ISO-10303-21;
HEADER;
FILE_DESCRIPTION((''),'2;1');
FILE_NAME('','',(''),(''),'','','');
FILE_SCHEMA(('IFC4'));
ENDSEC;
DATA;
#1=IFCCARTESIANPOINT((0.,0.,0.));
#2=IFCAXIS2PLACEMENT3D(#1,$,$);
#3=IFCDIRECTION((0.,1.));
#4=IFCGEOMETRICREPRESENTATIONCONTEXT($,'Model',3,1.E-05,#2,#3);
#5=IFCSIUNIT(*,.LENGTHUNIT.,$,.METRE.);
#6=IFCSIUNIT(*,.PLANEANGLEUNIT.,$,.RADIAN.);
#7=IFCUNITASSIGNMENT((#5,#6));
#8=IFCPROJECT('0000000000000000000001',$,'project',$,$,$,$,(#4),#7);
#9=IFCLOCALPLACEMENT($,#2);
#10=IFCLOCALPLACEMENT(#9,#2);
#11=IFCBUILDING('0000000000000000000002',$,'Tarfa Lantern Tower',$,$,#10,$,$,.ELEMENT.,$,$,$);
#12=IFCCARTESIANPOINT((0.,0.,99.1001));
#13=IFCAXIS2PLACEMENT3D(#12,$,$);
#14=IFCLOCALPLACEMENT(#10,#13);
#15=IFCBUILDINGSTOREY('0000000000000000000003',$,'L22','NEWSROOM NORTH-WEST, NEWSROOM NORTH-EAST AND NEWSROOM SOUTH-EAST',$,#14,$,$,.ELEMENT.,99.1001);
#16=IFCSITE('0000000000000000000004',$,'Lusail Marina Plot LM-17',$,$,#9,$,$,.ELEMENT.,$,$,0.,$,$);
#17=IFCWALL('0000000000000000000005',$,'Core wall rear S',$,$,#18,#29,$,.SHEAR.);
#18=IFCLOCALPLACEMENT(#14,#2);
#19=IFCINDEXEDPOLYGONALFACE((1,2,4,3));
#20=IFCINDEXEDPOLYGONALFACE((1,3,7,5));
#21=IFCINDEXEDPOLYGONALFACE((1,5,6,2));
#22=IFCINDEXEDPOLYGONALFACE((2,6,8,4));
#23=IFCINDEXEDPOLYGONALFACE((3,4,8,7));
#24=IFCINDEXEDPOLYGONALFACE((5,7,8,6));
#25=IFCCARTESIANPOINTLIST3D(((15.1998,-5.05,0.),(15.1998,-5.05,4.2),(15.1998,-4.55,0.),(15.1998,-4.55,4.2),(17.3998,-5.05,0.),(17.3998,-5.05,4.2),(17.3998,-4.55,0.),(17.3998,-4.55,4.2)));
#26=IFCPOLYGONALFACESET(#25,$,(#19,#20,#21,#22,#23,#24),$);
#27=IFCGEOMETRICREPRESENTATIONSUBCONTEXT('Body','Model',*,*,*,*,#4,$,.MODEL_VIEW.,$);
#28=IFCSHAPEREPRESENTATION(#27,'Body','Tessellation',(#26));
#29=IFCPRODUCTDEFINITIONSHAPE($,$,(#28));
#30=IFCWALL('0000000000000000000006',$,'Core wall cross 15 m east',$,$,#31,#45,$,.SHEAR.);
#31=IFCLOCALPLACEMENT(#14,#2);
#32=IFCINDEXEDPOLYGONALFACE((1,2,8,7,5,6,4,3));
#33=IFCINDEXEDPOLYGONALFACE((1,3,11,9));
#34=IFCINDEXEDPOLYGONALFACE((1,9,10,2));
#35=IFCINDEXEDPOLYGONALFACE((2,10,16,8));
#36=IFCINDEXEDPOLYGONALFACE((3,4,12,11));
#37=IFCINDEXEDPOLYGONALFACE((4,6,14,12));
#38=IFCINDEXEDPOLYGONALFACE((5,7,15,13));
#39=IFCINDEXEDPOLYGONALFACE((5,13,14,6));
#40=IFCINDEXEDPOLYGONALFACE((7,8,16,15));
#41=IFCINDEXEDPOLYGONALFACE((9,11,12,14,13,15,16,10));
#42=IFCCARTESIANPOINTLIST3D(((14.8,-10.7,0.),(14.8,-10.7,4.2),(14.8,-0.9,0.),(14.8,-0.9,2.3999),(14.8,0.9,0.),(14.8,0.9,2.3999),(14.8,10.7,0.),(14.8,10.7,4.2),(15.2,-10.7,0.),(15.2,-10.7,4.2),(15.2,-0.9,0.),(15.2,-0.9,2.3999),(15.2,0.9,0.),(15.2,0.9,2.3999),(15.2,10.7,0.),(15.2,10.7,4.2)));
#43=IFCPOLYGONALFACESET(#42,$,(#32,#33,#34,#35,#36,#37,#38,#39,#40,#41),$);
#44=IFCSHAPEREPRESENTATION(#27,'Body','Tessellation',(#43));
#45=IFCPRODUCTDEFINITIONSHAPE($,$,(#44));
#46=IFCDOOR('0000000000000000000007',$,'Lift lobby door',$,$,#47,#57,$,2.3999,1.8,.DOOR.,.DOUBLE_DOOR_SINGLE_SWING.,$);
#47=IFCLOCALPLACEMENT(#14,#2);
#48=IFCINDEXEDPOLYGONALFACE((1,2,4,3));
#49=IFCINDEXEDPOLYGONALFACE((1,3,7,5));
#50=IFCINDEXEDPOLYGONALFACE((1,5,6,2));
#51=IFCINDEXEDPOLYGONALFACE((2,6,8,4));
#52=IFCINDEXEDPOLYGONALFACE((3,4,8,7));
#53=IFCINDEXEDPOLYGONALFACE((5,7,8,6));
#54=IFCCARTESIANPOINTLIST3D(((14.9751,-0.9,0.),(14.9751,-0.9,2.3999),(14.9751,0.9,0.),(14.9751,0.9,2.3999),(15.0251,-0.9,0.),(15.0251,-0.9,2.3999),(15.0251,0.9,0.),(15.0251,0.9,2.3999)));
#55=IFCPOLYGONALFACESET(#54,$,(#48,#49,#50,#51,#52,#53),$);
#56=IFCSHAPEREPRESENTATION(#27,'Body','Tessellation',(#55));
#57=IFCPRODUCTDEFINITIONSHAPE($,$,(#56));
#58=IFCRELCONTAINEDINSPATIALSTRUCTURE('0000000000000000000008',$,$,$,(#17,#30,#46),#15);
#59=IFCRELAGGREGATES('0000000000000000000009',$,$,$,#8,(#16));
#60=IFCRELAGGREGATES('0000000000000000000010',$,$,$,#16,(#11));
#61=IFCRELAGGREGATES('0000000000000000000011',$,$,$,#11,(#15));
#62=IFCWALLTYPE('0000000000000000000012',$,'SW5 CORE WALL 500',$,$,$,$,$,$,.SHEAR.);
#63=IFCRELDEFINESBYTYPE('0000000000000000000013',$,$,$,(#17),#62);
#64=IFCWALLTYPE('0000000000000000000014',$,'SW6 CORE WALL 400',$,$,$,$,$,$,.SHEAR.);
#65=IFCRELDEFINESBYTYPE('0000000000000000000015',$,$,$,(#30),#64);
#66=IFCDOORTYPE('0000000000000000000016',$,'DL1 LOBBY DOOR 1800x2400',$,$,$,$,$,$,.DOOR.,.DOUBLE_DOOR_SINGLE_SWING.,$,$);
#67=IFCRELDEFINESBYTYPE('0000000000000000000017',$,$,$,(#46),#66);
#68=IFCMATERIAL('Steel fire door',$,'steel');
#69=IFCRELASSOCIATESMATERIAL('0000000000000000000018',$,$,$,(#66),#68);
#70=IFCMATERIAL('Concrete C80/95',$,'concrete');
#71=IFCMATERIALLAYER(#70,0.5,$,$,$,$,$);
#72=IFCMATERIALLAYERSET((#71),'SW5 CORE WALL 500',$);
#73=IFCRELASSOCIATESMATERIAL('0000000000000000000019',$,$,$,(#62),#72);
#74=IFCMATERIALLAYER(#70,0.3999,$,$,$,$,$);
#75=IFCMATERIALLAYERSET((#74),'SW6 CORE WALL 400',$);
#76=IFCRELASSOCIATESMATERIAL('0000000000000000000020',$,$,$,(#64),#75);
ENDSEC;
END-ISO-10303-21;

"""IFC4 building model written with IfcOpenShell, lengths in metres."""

from ifc_helpers import new_model, si_unit, direction, frame, frame_2d, origin, place, context, subcontext, project, spatial, rectangle, extrude, material, layer, layer_set, type_object, element, fill, save


model = new_model("IFC4")

# Units and contexts
model_context = context("Model", 3, precision=1e-05, world=origin(), true_north=direction((0.0, 1.0)))
body_context = subcontext(model_context, "Body", "Model", "MODEL_VIEW")
ifc_project = project(units=[si_unit("LENGTHUNIT", "METRE"), si_unit("PLANEANGLEUNIT", "RADIAN")], contexts=[model_context])

# Site, building, storey
site_placement = place(None, origin())
site = spatial("IfcSite", under=ifc_project, at=site_placement, Name="Lusail Marina Plot LM-17", CompositionType="ELEMENT", RefElevation=0.0)
building_placement = place(site_placement, origin())
building = spatial("IfcBuilding", under=site, at=building_placement, Name="Tarfa Lantern Tower", CompositionType="ELEMENT")
storey_placement = place(building_placement, frame((0.0, 0.0, 99.1001)))
storey = spatial("IfcBuildingStorey", under=building, at=storey_placement, Name="L22", Description="NEWSROOM NORTH-WEST, NEWSROOM NORTH-EAST AND NEWSROOM SOUTH-EAST", CompositionType="ELEMENT", Elevation=99.1001)

# Shared definitions
ifc_material_1 = material(Name="Concrete C80/95", Category="concrete")
ifc_material_2 = material(Name="Steel fire door", Category="steel")
door_type_1 = type_object("IfcDoorType", Name="DL1 LOBBY DOOR 1800x2400", OperationType="DOUBLE_DOOR_SINGLE_SWING", PredefinedType="DOOR", material=ifc_material_2)

# Wall
ifc_layer_1 = layer(ifc_material_1, 0.5)
ifc_layer_set_1 = layer_set([ifc_layer_1], Name="SW5 CORE WALL 500")
wall_type_1 = type_object("IfcWallType", Name="SW5 CORE WALL 500", PredefinedType="SHEAR", material=ifc_layer_set_1)
wall_1_placement = place(storey_placement, frame((17.3999, -4.8, 0.0), z_axis=(0.0, 0.0, 1.0), x_axis=(-1.0, 0.0, 0.0)))
element("IfcWall", 1, at=wall_1_placement, inside=storey, type_object=wall_type_1, Name="Core wall rear S", PredefinedType="SHEAR", context=body_context, shape_type="SweptSolid", body=[
    extrude(rectangle(XDim=2.2, YDim=0.5, at=frame_2d((1.1001, 0.0))), origin(), (0.0, 0.0, 1.0), 4.2),
])

# Wall, opening, door
ifc_layer_2 = layer(ifc_material_1, 0.3999)
ifc_layer_set_2 = layer_set([ifc_layer_2], Name="SW6 CORE WALL 400")
wall_type_2 = type_object("IfcWallType", Name="SW6 CORE WALL 400", PredefinedType="SHEAR", material=ifc_layer_set_2)
wall_2_placement = place(storey_placement, frame((15.0, -10.7, 0.0), z_axis=(0.0, 0.0, 1.0), x_axis=(0.0, 1.0, 0.0)))
wall_2 = element("IfcWall", 2, at=wall_2_placement, inside=storey, type_object=wall_type_2, Name="Core wall cross 15 m east", PredefinedType="SHEAR", context=body_context, shape_type="SweptSolid", body=[
    extrude(rectangle(XDim=21.3999, YDim=0.3999, at=frame_2d((10.7, 0.0))), origin(), (0.0, 0.0, 1.0), 4.2),
])
opening_1_placement = place(wall_2_placement, frame((9.8, 0.0, 0.0)))
opening_1 = element("IfcOpeningElement", 3, at=opening_1_placement, cuts=wall_2, PredefinedType="OPENING", context=body_context, shape_type="SweptSolid", body=[
    extrude(rectangle(XDim=1.8, YDim=2.3999, at=frame_2d((0.8999, 1.2))), frame((0.0, 0.21, 0.0), z_axis=(0.0, -1.0, 0.0), x_axis=(1.0, 0.0, 0.0)), (0.0, 0.0, 1.0), 0.4199),
])
door_1_placement = place(opening_1_placement, origin())
door_1 = element("IfcDoor", 4, at=door_1_placement, inside=storey, type_object=door_type_1, Name="Lift lobby door", OperationType="DOUBLE_DOOR_SINGLE_SWING", OverallHeight=2.3999, OverallWidth=1.8, PredefinedType="DOOR", context=body_context, shape_type="SweptSolid", body=[
    extrude(rectangle(XDim=1.8, YDim=2.3999, at=frame_2d((0.8999, 1.2))), frame((0.0, 0.0249, 0.0), z_axis=(0.0, -1.0, 0.0), x_axis=(1.0, 0.0, 0.0)), (0.0, 0.0, 1.0), 0.05),
])
fill(opening_1, door_1)

save(model, "model.ifc")
